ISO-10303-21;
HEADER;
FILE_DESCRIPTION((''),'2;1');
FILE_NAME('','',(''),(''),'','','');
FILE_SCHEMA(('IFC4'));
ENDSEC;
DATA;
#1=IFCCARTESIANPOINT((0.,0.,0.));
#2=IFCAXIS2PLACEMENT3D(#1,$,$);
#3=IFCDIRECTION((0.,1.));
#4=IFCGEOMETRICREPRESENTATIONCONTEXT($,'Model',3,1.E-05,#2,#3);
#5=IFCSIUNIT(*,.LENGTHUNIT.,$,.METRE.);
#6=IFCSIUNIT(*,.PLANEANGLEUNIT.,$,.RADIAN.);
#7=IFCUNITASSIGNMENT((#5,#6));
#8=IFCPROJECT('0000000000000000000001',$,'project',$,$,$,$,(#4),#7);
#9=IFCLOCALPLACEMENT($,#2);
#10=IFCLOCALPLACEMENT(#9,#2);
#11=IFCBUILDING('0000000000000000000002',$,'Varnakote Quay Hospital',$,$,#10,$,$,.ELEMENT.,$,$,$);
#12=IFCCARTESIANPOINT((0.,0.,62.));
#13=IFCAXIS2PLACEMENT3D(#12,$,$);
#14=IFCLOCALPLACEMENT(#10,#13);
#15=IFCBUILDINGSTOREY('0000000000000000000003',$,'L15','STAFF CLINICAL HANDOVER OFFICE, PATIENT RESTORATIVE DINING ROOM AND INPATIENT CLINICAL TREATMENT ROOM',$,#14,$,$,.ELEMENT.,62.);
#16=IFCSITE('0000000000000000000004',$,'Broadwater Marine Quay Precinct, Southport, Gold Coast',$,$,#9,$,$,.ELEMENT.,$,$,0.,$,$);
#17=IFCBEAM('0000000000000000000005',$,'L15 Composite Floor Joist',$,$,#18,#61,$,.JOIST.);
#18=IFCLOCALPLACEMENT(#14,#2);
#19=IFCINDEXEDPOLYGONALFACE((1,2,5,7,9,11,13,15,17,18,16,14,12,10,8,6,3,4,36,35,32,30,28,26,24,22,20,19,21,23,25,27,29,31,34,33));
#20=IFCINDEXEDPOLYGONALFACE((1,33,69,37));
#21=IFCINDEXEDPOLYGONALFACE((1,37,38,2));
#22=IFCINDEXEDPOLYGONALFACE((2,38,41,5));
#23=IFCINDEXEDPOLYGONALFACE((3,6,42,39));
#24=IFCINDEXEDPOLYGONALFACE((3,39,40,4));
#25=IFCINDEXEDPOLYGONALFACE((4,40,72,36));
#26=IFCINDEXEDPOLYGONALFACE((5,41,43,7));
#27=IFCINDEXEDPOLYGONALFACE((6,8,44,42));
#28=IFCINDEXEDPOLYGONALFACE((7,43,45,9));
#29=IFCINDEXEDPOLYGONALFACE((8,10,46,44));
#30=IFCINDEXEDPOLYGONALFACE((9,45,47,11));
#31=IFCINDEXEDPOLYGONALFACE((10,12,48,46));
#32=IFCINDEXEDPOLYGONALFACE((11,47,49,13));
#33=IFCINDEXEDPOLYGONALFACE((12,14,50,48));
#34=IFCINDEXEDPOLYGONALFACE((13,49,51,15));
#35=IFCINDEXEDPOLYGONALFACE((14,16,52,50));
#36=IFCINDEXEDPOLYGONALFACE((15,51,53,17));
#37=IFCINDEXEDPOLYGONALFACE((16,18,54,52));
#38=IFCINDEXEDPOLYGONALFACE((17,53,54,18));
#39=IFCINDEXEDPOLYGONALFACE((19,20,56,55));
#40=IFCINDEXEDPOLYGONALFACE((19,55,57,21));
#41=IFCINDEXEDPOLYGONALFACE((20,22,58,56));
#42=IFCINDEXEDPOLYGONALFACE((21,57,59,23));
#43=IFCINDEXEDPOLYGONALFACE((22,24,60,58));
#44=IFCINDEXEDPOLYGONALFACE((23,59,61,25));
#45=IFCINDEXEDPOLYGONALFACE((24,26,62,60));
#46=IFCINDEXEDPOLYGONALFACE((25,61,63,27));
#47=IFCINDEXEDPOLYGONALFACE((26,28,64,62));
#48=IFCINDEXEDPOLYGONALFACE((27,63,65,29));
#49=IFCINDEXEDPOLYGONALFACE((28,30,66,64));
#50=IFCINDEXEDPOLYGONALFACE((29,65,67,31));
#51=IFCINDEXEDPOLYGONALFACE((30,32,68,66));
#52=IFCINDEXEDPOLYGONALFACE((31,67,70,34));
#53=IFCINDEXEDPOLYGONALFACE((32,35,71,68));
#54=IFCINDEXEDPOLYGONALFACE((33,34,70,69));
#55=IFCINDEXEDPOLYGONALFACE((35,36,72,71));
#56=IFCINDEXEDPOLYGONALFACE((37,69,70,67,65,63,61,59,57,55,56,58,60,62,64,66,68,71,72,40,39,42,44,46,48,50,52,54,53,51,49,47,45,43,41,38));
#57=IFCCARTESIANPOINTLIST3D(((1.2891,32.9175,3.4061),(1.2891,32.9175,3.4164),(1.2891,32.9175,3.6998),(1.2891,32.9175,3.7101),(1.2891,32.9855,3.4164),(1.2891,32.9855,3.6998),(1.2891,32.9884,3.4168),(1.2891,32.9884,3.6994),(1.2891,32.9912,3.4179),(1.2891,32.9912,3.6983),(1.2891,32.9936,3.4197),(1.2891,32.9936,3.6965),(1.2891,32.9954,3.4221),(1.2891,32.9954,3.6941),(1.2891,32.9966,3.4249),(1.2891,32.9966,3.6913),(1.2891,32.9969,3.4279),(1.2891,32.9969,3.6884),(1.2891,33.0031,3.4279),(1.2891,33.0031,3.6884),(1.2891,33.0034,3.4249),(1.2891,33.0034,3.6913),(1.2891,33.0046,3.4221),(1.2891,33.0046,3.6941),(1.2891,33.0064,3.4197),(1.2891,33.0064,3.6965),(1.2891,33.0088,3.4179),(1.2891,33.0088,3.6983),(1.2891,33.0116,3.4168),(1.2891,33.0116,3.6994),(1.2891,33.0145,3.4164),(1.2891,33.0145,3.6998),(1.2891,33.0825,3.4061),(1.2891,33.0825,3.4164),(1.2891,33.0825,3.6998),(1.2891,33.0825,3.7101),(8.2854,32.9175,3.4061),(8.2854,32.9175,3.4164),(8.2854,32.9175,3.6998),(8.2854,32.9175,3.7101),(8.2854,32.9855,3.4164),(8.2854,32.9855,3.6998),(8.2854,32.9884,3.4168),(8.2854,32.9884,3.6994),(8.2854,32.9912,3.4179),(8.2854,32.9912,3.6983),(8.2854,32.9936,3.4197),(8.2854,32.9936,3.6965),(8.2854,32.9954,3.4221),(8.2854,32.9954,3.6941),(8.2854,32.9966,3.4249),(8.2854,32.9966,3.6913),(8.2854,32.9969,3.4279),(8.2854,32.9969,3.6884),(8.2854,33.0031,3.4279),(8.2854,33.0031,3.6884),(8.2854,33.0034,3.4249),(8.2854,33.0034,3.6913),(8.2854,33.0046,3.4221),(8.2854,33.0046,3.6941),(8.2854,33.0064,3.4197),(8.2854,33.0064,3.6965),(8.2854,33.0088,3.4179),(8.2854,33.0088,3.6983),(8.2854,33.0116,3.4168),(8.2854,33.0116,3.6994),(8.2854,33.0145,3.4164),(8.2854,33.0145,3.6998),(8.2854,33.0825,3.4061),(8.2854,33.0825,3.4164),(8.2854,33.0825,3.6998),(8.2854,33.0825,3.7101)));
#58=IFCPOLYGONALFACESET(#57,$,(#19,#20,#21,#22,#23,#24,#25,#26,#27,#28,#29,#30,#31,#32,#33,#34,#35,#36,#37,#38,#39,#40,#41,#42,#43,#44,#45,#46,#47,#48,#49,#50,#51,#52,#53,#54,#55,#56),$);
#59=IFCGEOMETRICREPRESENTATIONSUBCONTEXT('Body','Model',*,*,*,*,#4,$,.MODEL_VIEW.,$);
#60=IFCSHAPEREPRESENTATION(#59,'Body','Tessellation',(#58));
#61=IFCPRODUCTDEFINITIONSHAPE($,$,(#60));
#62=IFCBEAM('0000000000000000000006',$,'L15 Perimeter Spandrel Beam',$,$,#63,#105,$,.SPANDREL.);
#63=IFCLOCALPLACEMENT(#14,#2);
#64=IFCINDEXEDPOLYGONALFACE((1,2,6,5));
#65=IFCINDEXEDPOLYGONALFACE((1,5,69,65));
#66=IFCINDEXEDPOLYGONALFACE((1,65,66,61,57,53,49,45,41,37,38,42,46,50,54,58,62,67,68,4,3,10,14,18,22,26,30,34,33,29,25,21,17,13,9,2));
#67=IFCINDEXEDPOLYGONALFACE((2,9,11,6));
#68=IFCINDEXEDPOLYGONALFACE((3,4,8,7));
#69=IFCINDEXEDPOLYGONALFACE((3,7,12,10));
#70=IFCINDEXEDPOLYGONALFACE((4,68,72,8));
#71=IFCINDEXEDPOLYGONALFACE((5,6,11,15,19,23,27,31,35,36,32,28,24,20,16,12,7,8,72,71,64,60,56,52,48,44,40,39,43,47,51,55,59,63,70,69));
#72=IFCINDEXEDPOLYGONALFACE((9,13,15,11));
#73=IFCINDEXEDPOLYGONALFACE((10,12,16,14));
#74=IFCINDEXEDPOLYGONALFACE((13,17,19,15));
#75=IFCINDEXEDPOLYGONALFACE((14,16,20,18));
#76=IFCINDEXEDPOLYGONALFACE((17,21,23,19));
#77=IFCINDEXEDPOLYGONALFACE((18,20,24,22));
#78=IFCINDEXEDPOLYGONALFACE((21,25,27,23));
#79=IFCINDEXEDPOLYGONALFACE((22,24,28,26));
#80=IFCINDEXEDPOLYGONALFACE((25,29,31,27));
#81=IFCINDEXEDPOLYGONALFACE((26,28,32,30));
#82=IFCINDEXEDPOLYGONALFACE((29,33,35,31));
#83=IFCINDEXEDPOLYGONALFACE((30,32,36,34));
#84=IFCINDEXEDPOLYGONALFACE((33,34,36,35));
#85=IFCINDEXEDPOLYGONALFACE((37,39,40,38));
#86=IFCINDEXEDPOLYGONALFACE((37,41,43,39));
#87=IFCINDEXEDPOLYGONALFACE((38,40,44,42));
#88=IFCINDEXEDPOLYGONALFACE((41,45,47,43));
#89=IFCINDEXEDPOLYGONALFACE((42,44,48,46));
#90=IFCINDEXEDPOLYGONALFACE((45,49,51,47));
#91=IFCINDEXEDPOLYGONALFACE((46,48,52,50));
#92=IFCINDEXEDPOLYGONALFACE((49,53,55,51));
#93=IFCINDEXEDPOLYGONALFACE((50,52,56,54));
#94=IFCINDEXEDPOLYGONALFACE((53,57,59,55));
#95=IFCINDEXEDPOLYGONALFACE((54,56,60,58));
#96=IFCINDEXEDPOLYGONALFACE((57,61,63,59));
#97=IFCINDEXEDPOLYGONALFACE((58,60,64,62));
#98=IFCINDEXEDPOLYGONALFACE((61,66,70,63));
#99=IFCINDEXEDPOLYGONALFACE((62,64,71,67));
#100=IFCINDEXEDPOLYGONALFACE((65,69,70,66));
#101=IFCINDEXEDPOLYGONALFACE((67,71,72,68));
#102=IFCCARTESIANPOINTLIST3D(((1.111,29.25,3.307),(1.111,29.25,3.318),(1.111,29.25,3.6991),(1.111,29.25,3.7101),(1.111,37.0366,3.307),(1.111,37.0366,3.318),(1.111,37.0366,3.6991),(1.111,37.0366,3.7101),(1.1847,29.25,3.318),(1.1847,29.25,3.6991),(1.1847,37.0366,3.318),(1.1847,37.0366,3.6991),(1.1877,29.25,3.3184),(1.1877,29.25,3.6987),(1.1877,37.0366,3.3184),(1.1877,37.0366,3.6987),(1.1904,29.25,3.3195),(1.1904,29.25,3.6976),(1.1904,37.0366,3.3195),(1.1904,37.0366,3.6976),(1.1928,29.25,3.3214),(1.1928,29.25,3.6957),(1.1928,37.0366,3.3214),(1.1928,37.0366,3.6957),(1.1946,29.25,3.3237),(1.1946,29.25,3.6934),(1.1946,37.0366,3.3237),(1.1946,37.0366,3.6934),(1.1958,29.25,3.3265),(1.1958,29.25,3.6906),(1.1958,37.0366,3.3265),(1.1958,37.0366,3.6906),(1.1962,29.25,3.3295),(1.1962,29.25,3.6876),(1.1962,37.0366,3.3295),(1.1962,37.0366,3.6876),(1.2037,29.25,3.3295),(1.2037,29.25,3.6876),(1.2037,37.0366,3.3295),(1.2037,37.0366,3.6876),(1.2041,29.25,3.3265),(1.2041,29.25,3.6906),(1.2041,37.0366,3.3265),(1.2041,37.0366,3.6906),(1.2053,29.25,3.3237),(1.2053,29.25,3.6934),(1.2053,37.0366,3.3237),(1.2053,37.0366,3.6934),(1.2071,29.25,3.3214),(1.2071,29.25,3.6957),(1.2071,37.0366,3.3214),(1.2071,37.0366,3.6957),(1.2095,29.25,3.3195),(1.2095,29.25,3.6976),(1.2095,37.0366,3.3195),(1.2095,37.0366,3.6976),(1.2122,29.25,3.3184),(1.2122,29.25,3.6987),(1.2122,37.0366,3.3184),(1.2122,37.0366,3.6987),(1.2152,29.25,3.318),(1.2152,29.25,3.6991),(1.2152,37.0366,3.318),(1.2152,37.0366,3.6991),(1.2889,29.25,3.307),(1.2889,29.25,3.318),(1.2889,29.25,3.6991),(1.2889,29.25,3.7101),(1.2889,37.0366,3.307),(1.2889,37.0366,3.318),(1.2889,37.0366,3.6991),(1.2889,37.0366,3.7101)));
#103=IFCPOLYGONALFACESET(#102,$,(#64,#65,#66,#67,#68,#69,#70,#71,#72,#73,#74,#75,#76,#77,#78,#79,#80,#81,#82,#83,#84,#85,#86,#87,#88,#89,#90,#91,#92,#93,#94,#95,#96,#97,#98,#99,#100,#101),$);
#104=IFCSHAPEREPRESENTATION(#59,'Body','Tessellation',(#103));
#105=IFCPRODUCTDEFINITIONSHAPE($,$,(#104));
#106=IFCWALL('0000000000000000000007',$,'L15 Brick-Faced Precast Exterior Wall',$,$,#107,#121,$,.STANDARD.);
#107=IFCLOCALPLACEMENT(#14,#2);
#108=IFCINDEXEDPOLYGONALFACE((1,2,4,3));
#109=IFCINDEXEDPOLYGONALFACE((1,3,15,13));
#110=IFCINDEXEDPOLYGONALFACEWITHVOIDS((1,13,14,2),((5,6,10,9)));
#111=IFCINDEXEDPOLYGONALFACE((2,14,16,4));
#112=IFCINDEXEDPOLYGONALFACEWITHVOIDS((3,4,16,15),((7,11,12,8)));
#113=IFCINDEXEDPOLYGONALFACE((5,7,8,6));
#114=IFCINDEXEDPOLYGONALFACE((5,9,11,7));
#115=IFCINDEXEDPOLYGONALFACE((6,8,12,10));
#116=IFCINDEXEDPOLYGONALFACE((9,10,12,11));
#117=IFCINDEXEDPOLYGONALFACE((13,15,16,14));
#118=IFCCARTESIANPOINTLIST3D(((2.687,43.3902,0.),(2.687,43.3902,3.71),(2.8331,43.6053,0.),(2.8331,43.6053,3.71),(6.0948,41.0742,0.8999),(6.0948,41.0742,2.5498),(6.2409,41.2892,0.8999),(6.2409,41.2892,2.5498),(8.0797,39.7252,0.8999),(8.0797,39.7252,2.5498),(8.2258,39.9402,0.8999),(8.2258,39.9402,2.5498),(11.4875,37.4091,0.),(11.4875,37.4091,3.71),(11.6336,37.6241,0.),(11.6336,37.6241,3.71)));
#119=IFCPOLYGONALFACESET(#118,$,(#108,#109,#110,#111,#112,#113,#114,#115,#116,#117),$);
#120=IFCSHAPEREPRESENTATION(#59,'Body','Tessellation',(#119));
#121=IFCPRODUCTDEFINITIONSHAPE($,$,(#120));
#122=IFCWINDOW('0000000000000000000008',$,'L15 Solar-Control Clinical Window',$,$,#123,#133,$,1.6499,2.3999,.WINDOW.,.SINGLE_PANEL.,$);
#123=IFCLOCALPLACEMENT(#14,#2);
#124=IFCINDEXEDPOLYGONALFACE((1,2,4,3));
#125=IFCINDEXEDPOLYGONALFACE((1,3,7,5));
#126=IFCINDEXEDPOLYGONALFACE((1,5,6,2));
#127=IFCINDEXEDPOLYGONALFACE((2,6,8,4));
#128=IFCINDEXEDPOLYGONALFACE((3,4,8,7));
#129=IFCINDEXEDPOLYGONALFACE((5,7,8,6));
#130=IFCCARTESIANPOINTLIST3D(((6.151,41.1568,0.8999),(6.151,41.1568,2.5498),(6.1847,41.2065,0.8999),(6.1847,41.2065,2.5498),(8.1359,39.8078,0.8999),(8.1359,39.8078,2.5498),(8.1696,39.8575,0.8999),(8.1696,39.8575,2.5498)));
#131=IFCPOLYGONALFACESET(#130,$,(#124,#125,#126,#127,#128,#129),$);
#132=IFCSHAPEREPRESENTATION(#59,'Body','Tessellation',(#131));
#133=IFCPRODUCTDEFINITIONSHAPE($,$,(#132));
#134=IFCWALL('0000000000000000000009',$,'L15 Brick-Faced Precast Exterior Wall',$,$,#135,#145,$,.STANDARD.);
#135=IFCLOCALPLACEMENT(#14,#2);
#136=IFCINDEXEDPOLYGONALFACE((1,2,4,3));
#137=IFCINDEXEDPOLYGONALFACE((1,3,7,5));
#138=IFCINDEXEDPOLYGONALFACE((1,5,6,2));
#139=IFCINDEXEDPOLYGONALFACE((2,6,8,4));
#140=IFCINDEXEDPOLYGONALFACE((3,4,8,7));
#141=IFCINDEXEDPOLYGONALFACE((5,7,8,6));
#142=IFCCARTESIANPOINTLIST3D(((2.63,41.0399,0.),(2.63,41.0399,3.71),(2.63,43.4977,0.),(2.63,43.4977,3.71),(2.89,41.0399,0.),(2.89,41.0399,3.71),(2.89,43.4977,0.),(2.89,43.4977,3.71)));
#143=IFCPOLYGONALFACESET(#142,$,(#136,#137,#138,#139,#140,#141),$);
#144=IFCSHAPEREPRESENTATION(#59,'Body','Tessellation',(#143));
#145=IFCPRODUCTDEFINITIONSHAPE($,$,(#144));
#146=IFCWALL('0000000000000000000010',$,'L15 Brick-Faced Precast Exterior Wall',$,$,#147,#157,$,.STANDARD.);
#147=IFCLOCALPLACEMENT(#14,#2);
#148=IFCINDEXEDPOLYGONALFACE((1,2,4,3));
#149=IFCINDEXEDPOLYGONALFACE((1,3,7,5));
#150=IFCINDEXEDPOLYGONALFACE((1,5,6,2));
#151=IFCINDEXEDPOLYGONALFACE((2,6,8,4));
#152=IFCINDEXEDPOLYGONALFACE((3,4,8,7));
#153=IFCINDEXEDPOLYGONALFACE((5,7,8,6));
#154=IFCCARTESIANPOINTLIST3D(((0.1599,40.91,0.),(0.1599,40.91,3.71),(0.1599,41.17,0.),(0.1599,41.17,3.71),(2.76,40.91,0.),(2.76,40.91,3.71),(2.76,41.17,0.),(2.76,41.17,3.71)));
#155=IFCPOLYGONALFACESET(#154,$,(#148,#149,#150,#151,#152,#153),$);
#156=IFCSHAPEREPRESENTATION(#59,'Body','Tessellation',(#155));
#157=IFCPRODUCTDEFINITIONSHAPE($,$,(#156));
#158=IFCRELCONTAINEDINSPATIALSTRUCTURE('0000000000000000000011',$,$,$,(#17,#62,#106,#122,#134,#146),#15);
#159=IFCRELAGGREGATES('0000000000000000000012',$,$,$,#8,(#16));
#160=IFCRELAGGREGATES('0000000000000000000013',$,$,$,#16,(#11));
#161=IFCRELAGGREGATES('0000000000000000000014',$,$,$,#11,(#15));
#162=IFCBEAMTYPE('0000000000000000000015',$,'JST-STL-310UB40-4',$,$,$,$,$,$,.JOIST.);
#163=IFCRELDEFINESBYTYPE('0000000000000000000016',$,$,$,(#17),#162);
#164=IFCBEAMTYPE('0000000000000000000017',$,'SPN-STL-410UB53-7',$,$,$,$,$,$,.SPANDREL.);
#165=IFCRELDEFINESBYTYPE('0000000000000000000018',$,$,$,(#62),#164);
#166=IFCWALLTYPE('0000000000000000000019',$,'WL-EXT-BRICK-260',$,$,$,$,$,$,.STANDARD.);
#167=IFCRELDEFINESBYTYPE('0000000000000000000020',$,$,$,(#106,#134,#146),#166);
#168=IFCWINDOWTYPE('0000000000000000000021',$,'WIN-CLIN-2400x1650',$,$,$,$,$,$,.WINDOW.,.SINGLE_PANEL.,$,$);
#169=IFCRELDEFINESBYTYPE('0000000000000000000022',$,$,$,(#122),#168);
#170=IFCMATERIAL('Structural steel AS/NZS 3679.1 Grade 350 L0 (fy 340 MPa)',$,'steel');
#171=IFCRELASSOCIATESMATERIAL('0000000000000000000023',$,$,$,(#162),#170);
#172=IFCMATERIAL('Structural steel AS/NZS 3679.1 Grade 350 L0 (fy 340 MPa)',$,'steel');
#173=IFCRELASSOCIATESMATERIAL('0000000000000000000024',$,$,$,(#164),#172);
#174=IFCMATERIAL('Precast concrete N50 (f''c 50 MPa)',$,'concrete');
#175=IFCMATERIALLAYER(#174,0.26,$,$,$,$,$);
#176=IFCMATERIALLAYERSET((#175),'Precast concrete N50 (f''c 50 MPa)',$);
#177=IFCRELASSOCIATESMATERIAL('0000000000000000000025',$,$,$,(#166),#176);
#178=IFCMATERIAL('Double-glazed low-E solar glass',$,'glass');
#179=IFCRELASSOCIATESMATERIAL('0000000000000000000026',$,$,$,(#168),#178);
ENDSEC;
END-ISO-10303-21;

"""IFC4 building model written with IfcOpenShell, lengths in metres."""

from ifc_helpers import new_model, si_unit, direction, frame, frame_2d, origin, origin_2d, place, context, subcontext, project, spatial, rectangle, i_section, extrude, material, layer, layer_set, material_profile, profile_set, type_object, element, fill, save


model = new_model("IFC4")

# Units and contexts
model_context = context("Model", 3, precision=1e-05, world=origin(), true_north=direction((0.0, 1.0)))
body_context = subcontext(model_context, "Body", "Model", "MODEL_VIEW")
ifc_project = project(units=[si_unit("LENGTHUNIT", "METRE"), si_unit("PLANEANGLEUNIT", "RADIAN")], contexts=[model_context])

# Site, building, storey
site_placement = place(None, origin())
site = spatial("IfcSite", under=ifc_project, at=site_placement, Name="Broadwater Marine Quay Precinct, Southport, Gold Coast", CompositionType="ELEMENT", RefElevation=0.0)
building_placement = place(site_placement, origin())
building = spatial("IfcBuilding", under=site, at=building_placement, Name="Varnakote Quay Hospital", CompositionType="ELEMENT")
storey_placement = place(building_placement, frame((0.0, 0.0, 62.0)))
storey = spatial("IfcBuildingStorey", under=building, at=storey_placement, Name="L15", Description="STAFF CLINICAL HANDOVER OFFICE, PATIENT RESTORATIVE DINING ROOM AND INPATIENT CLINICAL TREATMENT ROOM", CompositionType="ELEMENT", Elevation=62.0)

# Beams
ifc_material_1 = material(Name="Structural steel AS/NZS 3679.1 Grade 350 L0 (fy 340 MPa)", Category="steel")
ifc_material_profile_1 = material_profile(ifc_material_1, i_section(OverallWidth=0.165, OverallDepth=0.304, WebThickness=0.0061, FlangeThickness=0.0103, FilletRadius=0.0115, at=origin_2d()), Name="310UB40.4")
ifc_profile_set_1 = profile_set([ifc_material_profile_1], Name="Structural steel AS/NZS 3679.1 Grade 350 L0 (fy 340 MPa)")
beam_type_1 = type_object("IfcBeamType", Name="JST-STL-310UB40-4", PredefinedType="JOIST", material=ifc_profile_set_1)
beam_1_placement = place(storey_placement, frame((1.2891, 33.0, 3.5581), z_axis=(1.0, 0.0, 0.0), x_axis=(0.0, 1.0, 0.0)))
element("IfcBeam", 1, at=beam_1_placement, inside=storey, type_object=beam_type_1, Name="L15 Composite Floor Joist", PredefinedType="JOIST", context=body_context, shape_type="SweptSolid", body=[
    extrude(i_section(OverallWidth=0.165, OverallDepth=0.304, WebThickness=0.0061, FlangeThickness=0.0103, FilletRadius=0.0115, at=origin_2d()), origin(), (0.0, 0.0, 1.0), 6.9963),
])
ifc_material_2 = material(Name="Structural steel AS/NZS 3679.1 Grade 350 L0 (fy 340 MPa)", Category="steel")
ifc_material_profile_2 = material_profile(ifc_material_2, i_section(OverallWidth=0.178, OverallDepth=0.4031, WebThickness=0.0076, FlangeThickness=0.011, FilletRadius=0.0115, at=origin_2d()), Name="410UB53.7")
ifc_profile_set_2 = profile_set([ifc_material_profile_2], Name="Structural steel AS/NZS 3679.1 Grade 350 L0 (fy 340 MPa)")
beam_type_2 = type_object("IfcBeamType", Name="SPN-STL-410UB53-7", PredefinedType="SPANDREL", material=ifc_profile_set_2)
beam_2_placement = place(storey_placement, frame((1.2, 29.25, 3.5085), z_axis=(0.0, 1.0, 0.0), x_axis=(-1.0, 0.0, 0.0)))
element("IfcBeam", 2, at=beam_2_placement, inside=storey, type_object=beam_type_2, Name="L15 Perimeter Spandrel Beam", PredefinedType="SPANDREL", context=body_context, shape_type="SweptSolid", body=[
    extrude(i_section(OverallWidth=0.178, OverallDepth=0.4031, WebThickness=0.0076, FlangeThickness=0.011, FilletRadius=0.0115, at=origin_2d()), origin(), (0.0, 0.0, 1.0), 7.7866),
])

# Wall, opening, window
ifc_material_3 = material(Name="Precast concrete N50 (f'c 50 MPa)", Category="concrete")
ifc_layer_1 = layer(ifc_material_3, 0.26)
ifc_layer_set_1 = layer_set([ifc_layer_1], Name="Precast concrete N50 (f'c 50 MPa)")
wall_type_1 = type_object("IfcWallType", Name="WL-EXT-BRICK-260", PredefinedType="STANDARD", material=ifc_layer_set_1)
wall_1_placement = place(storey_placement, frame((11.5605, 37.5166, 0.0), z_axis=(0.0, 0.0, 1.0), x_axis=(-0.827065, 0.562107, 0.0)))
wall_1 = element("IfcWall", 3, at=wall_1_placement, inside=storey, type_object=wall_type_1, Name="L15 Brick-Faced Precast Exterior Wall", PredefinedType="STANDARD", context=body_context, shape_type="SweptSolid", body=[
    extrude(rectangle(XDim=10.6406, YDim=0.26, at=frame_2d((5.3203, 0.0))), origin(), (0.0, 0.0, 1.0), 3.71),
])
opening_1_placement = place(wall_1_placement, frame((4.1204, 0.0, 0.8999)))
opening_1 = element("IfcOpeningElement", 4, at=opening_1_placement, cuts=wall_1, PredefinedType="OPENING", context=body_context, shape_type="SweptSolid", body=[
    extrude(rectangle(XDim=2.3999, YDim=1.6499, at=frame_2d((1.2, 0.825))), frame((0.0, 0.1399, 0.0), z_axis=(0.0, -1.0, 0.0), x_axis=(1.0, 0.0, 0.0)), (0.0, 0.0, 1.0), 0.28),
])
ifc_material_4 = material(Name="Double-glazed low-E solar glass", Category="glass")
window_type = type_object("IfcWindowType", Name="WIN-CLIN-2400x1650", PartitioningType="SINGLE_PANEL", PredefinedType="WINDOW", material=ifc_material_4)
window_placement = place(opening_1_placement, origin())
window = element("IfcWindow", 5, at=window_placement, inside=storey, type_object=window_type, Name="L15 Solar-Control Clinical Window", OverallHeight=1.6499, OverallWidth=2.3999, PartitioningType="SINGLE_PANEL", PredefinedType="WINDOW", context=body_context, shape_type="SweptSolid", body=[
    extrude(rectangle(XDim=2.3999, YDim=1.6499, at=frame_2d((1.2, 0.825))), frame((0.0, 0.03, 0.0), z_axis=(0.0, -1.0, 0.0), x_axis=(1.0, 0.0, 0.0)), (0.0, 0.0, 1.0), 0.0601),
])
fill(opening_1, window)

# Walls
wall_2_placement = place(storey_placement, frame((2.76, 43.4978, 0.0), z_axis=(0.0, 0.0, 1.0), x_axis=(0.0, -1.0, 0.0)))
element("IfcWall", 6, at=wall_2_placement, inside=storey, type_object=wall_type_1, Name="L15 Brick-Faced Precast Exterior Wall", PredefinedType="STANDARD", context=body_context, shape_type="SweptSolid", body=[
    extrude(rectangle(XDim=2.4578, YDim=0.26, at=frame_2d((1.229, 0.0))), origin(), (0.0, 0.0, 1.0), 3.71),
])
wall_3_placement = place(storey_placement, frame((2.76, 41.04, 0.0), z_axis=(0.0, 0.0, 1.0), x_axis=(-1.0, 0.0, 0.0)))
element("IfcWall", 7, at=wall_3_placement, inside=storey, type_object=wall_type_1, Name="L15 Brick-Faced Precast Exterior Wall", PredefinedType="STANDARD", context=body_context, shape_type="SweptSolid", body=[
    extrude(rectangle(XDim=2.6001, YDim=0.26, at=frame_2d((1.3, 0.0))), origin(), (0.0, 0.0, 1.0), 3.71),
])

save(model, "model.ifc")
